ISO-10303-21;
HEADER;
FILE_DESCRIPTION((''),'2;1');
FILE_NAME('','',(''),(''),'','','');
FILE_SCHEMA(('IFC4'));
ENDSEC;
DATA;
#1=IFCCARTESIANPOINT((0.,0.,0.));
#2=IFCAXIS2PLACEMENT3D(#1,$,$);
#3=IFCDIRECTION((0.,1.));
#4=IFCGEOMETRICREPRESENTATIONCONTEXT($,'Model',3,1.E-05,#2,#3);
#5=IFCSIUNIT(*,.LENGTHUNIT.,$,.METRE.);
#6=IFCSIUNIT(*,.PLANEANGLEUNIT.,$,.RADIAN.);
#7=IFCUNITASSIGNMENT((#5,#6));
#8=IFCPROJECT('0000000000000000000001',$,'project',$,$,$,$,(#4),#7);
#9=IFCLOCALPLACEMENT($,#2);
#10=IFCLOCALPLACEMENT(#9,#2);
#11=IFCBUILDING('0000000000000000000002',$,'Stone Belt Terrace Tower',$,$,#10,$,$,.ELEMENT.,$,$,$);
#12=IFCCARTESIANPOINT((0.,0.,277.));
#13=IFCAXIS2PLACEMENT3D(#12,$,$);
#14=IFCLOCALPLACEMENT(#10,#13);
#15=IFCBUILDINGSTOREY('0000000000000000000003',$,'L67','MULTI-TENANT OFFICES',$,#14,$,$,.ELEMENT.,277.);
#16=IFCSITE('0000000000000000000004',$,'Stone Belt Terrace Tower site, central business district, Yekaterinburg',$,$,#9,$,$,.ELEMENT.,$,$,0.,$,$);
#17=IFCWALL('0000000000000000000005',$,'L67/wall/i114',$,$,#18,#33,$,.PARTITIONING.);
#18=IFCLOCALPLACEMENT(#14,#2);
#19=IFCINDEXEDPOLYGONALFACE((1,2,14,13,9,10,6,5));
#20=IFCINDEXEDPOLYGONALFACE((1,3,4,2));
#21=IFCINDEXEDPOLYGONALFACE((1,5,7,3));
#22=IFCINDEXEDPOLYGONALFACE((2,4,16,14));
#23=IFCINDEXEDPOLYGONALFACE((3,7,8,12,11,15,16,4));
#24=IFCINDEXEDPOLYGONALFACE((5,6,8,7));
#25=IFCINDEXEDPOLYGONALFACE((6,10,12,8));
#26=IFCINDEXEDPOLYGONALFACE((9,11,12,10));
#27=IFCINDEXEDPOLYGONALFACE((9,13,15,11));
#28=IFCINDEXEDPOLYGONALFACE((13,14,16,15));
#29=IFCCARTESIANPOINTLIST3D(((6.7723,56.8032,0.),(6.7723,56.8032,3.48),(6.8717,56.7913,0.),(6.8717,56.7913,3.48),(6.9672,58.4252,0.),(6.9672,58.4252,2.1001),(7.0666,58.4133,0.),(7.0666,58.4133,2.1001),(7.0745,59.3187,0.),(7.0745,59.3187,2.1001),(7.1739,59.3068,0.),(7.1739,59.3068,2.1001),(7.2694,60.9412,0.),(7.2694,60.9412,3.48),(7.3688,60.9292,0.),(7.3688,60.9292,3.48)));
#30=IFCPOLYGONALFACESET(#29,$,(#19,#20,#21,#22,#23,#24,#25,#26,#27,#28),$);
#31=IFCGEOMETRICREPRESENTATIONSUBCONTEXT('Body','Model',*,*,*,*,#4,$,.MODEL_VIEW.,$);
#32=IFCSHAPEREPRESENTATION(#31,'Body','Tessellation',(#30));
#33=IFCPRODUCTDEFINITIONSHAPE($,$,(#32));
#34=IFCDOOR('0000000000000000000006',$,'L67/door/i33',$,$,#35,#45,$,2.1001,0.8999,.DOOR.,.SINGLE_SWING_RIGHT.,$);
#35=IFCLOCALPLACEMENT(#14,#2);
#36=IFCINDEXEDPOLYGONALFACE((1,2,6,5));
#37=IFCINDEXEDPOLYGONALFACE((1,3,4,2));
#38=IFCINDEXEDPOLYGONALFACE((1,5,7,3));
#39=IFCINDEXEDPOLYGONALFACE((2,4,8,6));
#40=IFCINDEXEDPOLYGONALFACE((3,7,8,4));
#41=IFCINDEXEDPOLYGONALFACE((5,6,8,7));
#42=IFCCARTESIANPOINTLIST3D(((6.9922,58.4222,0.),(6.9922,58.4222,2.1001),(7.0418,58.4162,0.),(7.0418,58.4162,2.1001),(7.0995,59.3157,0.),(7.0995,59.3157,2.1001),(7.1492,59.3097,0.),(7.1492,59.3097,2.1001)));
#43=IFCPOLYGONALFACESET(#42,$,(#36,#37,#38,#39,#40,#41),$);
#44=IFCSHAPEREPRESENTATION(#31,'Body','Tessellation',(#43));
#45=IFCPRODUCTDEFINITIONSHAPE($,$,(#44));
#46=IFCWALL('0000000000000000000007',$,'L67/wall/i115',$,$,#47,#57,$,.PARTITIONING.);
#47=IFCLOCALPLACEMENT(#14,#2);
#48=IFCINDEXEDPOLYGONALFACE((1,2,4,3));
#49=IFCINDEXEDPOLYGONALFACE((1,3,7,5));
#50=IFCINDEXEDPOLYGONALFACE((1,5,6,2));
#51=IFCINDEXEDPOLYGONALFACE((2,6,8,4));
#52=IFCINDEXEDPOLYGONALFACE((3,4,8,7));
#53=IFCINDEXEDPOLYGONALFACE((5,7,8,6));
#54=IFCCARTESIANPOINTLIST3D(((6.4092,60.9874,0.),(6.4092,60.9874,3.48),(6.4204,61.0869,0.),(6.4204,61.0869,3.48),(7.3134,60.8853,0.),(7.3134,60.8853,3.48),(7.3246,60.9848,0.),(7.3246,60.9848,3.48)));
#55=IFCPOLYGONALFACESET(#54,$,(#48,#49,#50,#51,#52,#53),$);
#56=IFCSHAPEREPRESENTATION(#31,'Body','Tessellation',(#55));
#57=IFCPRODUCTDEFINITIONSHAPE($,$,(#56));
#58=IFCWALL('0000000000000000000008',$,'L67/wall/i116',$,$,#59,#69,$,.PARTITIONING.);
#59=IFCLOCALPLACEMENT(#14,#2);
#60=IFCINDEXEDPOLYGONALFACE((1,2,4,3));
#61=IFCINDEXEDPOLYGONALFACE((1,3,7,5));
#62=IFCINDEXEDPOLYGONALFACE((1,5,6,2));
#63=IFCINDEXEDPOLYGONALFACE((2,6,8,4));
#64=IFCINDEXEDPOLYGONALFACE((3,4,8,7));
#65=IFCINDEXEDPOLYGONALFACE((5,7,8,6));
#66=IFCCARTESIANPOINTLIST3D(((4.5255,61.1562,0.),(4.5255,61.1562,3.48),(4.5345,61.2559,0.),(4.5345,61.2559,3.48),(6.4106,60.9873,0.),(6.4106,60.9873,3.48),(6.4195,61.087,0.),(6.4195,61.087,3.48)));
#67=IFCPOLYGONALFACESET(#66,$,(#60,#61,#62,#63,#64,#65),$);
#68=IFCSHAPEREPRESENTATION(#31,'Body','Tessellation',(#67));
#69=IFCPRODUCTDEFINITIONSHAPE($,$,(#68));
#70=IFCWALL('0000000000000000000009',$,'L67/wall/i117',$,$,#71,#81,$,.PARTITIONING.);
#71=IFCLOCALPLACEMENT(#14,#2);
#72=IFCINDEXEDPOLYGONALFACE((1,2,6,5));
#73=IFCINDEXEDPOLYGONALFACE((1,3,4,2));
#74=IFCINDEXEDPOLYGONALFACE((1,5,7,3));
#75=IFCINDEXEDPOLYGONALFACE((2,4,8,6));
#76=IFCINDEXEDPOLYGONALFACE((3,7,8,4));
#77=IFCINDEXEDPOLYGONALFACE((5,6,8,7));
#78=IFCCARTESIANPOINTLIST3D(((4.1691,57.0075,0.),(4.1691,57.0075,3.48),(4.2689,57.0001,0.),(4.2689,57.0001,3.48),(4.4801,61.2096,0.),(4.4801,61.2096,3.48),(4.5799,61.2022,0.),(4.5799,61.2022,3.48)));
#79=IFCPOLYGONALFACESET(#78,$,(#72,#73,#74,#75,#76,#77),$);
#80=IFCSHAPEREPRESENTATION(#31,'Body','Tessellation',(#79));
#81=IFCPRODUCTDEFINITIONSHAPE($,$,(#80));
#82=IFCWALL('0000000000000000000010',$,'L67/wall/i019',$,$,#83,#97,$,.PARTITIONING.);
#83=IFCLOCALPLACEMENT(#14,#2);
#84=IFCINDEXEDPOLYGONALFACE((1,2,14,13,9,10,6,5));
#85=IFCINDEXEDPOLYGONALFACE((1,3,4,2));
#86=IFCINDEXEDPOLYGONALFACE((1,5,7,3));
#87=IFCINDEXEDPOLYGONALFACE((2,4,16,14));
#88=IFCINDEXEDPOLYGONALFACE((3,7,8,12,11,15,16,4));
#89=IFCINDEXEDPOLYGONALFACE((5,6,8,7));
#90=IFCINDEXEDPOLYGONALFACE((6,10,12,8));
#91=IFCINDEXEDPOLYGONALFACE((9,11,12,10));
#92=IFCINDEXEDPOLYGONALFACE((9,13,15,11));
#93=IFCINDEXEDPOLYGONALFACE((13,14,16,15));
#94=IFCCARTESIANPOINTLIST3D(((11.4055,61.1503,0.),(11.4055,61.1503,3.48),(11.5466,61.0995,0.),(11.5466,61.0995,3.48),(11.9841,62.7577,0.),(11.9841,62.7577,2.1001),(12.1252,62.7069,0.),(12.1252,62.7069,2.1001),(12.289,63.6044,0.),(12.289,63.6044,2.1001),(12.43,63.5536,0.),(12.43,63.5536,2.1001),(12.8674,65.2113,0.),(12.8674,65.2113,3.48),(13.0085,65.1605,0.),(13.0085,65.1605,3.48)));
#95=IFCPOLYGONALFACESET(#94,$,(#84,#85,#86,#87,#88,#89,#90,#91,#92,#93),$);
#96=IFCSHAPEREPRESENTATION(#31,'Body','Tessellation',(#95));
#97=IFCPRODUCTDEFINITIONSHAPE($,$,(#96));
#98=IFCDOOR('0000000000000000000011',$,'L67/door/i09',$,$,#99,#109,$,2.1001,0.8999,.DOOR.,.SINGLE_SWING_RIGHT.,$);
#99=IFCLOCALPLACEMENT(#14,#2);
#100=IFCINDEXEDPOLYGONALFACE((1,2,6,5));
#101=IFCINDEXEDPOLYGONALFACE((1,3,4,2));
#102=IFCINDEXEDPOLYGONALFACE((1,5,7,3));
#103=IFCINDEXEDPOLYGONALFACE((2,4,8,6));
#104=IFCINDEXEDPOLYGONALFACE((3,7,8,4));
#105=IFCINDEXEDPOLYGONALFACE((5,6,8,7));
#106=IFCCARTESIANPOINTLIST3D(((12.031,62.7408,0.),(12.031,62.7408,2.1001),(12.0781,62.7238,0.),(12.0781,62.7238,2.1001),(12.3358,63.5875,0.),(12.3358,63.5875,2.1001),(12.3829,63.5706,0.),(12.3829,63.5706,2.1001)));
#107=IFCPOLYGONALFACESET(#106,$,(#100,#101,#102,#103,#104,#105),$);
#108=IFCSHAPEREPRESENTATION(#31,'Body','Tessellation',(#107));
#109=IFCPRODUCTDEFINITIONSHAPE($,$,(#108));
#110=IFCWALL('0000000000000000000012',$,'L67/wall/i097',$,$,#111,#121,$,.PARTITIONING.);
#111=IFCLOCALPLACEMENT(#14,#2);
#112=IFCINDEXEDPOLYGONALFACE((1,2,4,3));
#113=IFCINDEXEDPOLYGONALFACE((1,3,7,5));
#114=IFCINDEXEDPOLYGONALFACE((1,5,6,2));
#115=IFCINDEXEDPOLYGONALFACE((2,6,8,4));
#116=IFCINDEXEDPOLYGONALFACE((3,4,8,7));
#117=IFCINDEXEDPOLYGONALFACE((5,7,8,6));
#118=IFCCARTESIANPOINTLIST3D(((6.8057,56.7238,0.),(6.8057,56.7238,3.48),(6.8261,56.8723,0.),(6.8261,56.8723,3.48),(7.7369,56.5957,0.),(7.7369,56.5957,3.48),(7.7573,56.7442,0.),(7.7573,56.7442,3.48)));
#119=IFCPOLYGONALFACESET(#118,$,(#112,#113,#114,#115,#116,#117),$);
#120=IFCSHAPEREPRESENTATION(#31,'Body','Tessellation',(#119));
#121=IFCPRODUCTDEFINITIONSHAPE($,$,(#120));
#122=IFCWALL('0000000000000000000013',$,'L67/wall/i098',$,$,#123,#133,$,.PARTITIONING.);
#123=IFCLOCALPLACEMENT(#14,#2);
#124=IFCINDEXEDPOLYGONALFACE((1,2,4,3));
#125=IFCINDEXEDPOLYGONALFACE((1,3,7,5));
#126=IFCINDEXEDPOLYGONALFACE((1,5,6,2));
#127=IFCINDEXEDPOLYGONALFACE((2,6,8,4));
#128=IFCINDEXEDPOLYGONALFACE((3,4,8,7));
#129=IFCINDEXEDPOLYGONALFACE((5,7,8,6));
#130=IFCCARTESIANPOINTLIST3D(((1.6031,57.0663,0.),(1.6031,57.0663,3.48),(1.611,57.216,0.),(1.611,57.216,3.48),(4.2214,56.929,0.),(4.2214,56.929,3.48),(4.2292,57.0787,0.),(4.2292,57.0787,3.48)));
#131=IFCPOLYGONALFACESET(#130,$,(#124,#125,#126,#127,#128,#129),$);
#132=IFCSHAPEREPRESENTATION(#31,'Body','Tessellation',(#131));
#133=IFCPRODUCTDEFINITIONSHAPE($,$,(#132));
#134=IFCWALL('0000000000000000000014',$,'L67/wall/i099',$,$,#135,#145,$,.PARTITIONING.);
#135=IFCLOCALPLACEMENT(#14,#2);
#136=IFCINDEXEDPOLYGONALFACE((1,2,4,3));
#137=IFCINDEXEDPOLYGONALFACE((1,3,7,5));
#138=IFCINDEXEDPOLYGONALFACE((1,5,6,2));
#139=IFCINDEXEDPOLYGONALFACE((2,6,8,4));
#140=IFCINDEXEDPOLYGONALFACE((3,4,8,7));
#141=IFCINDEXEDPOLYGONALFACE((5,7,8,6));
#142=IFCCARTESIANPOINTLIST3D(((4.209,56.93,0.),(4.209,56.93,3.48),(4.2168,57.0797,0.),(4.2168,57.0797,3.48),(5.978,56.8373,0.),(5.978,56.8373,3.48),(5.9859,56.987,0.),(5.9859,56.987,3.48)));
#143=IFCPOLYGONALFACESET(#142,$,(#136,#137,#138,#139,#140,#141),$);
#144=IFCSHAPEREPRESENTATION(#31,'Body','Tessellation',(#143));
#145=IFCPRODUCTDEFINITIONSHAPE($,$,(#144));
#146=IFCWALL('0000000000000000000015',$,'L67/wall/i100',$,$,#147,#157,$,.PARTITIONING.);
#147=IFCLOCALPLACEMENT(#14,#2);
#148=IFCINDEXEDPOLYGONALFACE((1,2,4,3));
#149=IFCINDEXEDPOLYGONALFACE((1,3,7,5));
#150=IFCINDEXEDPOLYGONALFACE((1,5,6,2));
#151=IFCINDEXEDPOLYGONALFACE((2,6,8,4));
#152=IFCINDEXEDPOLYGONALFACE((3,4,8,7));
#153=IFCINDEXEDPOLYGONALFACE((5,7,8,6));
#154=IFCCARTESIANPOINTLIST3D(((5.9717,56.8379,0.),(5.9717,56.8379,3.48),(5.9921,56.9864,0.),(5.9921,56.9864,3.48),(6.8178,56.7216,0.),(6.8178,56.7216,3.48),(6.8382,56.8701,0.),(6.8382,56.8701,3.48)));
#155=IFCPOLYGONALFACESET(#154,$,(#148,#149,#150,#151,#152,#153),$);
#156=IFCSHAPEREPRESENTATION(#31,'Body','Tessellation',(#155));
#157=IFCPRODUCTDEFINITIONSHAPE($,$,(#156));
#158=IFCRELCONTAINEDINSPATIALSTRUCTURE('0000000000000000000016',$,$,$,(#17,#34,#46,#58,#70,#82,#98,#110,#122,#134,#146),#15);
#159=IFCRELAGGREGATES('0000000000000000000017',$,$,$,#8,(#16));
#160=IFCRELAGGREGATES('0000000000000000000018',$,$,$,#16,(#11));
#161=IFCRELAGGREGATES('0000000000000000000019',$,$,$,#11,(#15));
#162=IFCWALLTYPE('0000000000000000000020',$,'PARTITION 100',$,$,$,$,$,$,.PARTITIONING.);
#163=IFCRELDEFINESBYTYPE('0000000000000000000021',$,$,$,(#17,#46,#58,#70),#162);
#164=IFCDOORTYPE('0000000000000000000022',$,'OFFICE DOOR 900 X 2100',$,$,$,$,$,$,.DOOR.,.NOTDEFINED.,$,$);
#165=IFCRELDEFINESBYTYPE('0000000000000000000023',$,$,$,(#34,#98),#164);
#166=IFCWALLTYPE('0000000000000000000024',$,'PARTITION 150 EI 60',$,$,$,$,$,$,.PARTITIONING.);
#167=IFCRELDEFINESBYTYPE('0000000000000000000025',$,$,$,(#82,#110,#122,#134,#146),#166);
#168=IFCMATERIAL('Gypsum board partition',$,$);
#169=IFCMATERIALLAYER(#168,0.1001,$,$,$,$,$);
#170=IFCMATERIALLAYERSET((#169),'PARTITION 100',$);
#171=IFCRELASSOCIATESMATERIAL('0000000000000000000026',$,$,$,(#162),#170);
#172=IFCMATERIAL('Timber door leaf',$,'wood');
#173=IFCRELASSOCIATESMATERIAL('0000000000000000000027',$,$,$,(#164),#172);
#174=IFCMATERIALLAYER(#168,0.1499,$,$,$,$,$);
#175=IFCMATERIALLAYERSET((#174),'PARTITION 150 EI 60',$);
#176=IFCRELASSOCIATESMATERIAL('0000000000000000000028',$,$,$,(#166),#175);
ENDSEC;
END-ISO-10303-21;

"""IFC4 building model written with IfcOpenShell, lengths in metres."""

from ifc_helpers import new_model, si_unit, direction, frame, frame_2d, origin, place, context, subcontext, project, spatial, rectangle, extrude, material, layer, layer_set, type_object, element, fill, save


model = new_model("IFC4")

# Units and contexts
model_context = context("Model", 3, precision=1e-05, world=origin(), true_north=direction((0.0, 1.0)))
body_context = subcontext(model_context, "Body", "Model", "MODEL_VIEW")
ifc_project = project(units=[si_unit("LENGTHUNIT", "METRE"), si_unit("PLANEANGLEUNIT", "RADIAN")], contexts=[model_context])

# Site, building, storey
site_placement = place(None, origin())
site = spatial("IfcSite", under=ifc_project, at=site_placement, Name="Stone Belt Terrace Tower site, central business district, Yekaterinburg", CompositionType="ELEMENT", RefElevation=0.0)
building_placement = place(site_placement, origin())
building = spatial("IfcBuilding", under=site, at=building_placement, Name="Stone Belt Terrace Tower", CompositionType="ELEMENT")
storey_placement = place(building_placement, frame((0.0, 0.0, 277.0)))
storey = spatial("IfcBuildingStorey", under=building, at=storey_placement, Name="L67", Description="MULTI-TENANT OFFICES", CompositionType="ELEMENT", Elevation=277.0)

# Shared definitions
ifc_material_1 = material(Name="Gypsum board partition")
ifc_layer_1 = layer(ifc_material_1, 0.1001)
ifc_layer_set_1 = layer_set([ifc_layer_1], Name="PARTITION 100")
wall_type_1 = type_object("IfcWallType", Name="PARTITION 100", PredefinedType="PARTITIONING", material=ifc_layer_set_1)

# Wall, opening, door
ifc_material_2 = material(Name="Timber door leaf", Category="wood")
door_type = type_object("IfcDoorType", Name="OFFICE DOOR 900 X 2100", OperationType="NOTDEFINED", PredefinedType="DOOR", material=ifc_material_2)
wall_1_placement = place(storey_placement, frame((6.822, 56.7971, 0.0), z_axis=(0.0, 0.0, 1.0), x_axis=(0.119268, 0.992862, 0.0)))
wall_1 = element("IfcWall", 1, at=wall_1_placement, inside=storey, type_object=wall_type_1, Name="L67/wall/i114", PredefinedType="PARTITIONING", context=body_context, shape_type="SweptSolid", body=[
    extrude(rectangle(XDim=4.1677, YDim=0.1001, at=frame_2d((2.084, 0.0))), origin(), (0.0, 0.0, 1.0), 3.48),
])
opening_1_placement = place(wall_1_placement, frame((1.6338, 0.0, 0.0)))
opening_1 = element("IfcOpeningElement", 2, at=opening_1_placement, cuts=wall_1, PredefinedType="OPENING", context=body_context, shape_type="SweptSolid", body=[
    extrude(rectangle(XDim=0.8999, YDim=2.1001, at=frame_2d((0.45, 1.05))), frame((0.0, 0.0601, 0.0), z_axis=(0.0, -1.0, 0.0), x_axis=(1.0, 0.0, 0.0)), (0.0, 0.0, 1.0), 0.1201),
])
door_1_placement = place(opening_1_placement, origin())
door_1 = element("IfcDoor", 3, at=door_1_placement, inside=storey, type_object=door_type, Name="L67/door/i33", OperationType="SINGLE_SWING_RIGHT", OverallHeight=2.1001, OverallWidth=0.8999, PredefinedType="DOOR", context=body_context, shape_type="SweptSolid", body=[
    extrude(rectangle(XDim=0.8999, YDim=2.1001, at=frame_2d((0.45, 1.05))), frame((0.0, 0.0249, 0.0), z_axis=(0.0, -1.0, 0.0), x_axis=(1.0, 0.0, 0.0)), (0.0, 0.0, 1.0), 0.05),
])
fill(opening_1, door_1)

# Walls
wall_2_placement = place(storey_placement, frame((7.3191, 60.9351, 0.0), z_axis=(0.0, 0.0, 1.0), x_axis=(-0.993689, 0.112169, 0.0)))
element("IfcWall", 4, at=wall_2_placement, inside=storey, type_object=wall_type_1, Name="L67/wall/i115", PredefinedType="PARTITIONING", context=body_context, shape_type="SweptSolid", body=[
    extrude(rectangle(XDim=0.9099, YDim=0.1001, at=frame_2d((0.4551, 0.0))), origin(), (0.0, 0.0, 1.0), 3.48),
])
wall_3_placement = place(storey_placement, frame((6.415, 61.0371, 0.0), z_axis=(0.0, 0.0, 1.0), x_axis=(-0.996008, 0.089268, 0.0)))
element("IfcWall", 5, at=wall_3_placement, inside=storey, type_object=wall_type_1, Name="L67/wall/i116", PredefinedType="PARTITIONING", context=body_context, shape_type="SweptSolid", body=[
    extrude(rectangle(XDim=1.8926, YDim=0.1001, at=frame_2d((0.9463, 0.0))), origin(), (0.0, 0.0, 1.0), 3.48),
])
wall_4_placement = place(storey_placement, frame((4.53, 61.2061, 0.0), z_axis=(0.0, 0.0, 1.0), x_axis=(-0.073816, -0.997272, 0.0)))
element("IfcWall", 6, at=wall_4_placement, inside=storey, type_object=wall_type_1, Name="L67/wall/i117", PredefinedType="PARTITIONING", context=body_context, shape_type="SweptSolid", body=[
    extrude(rectangle(XDim=4.2136, YDim=0.1001, at=frame_2d((2.1069, 0.0))), origin(), (0.0, 0.0, 1.0), 3.48),
])

# Wall, opening, door
ifc_layer_2 = layer(ifc_material_1, 0.1499)
ifc_layer_set_2 = layer_set([ifc_layer_2], Name="PARTITION 150 EI 60")
wall_type_2 = type_object("IfcWallType", Name="PARTITION 150 EI 60", PredefinedType="PARTITIONING", material=ifc_layer_set_2)
wall_5_placement = place(storey_placement, frame((12.938, 65.186, 0.0), z_axis=(0.0, 0.0, 1.0), x_axis=(-0.338707, -0.940892, 0.0)))
wall_5 = element("IfcWall", 7, at=wall_5_placement, inside=storey, type_object=wall_type_2, Name="L67/wall/i019", PredefinedType="PARTITIONING", context=body_context, shape_type="SweptSolid", body=[
    extrude(rectangle(XDim=4.3162, YDim=0.1499, at=frame_2d((2.1582, 0.0))), origin(), (0.0, 0.0, 1.0), 3.48),
])
opening_2_placement = place(wall_5_placement, frame((1.708, 0.0, 0.0)))
opening_2 = element("IfcOpeningElement", 8, at=opening_2_placement, cuts=wall_5, PredefinedType="OPENING", context=body_context, shape_type="SweptSolid", body=[
    extrude(rectangle(XDim=0.8999, YDim=2.1001, at=frame_2d((0.45, 1.05))), frame((0.0, 0.085, 0.0), z_axis=(0.0, -1.0, 0.0), x_axis=(1.0, 0.0, 0.0)), (0.0, 0.0, 1.0), 0.1699),
])
door_2_placement = place(opening_2_placement, origin())
door_2 = element("IfcDoor", 9, at=door_2_placement, inside=storey, type_object=door_type, Name="L67/door/i09", OperationType="SINGLE_SWING_RIGHT", OverallHeight=2.1001, OverallWidth=0.8999, PredefinedType="DOOR", context=body_context, shape_type="SweptSolid", body=[
    extrude(rectangle(XDim=0.8999, YDim=2.1001, at=frame_2d((0.45, 1.05))), frame((0.0, 0.0249, 0.0), z_axis=(0.0, -1.0, 0.0), x_axis=(1.0, 0.0, 0.0)), (0.0, 0.0, 1.0), 0.05),
])
fill(opening_2, door_2)

# Walls
wall_6_placement = place(storey_placement, frame((6.8159, 56.7981, 0.0), z_axis=(0.0, 0.0, 1.0), x_axis=(0.990659, -0.136365, 0.0)))
element("IfcWall", 10, at=wall_6_placement, inside=storey, type_object=wall_type_2, Name="L67/wall/i097", PredefinedType="PARTITIONING", context=body_context, shape_type="SweptSolid", body=[
    extrude(rectangle(XDim=0.9399, YDim=0.1499, at=frame_2d((0.47, 0.0))), origin(), (0.0, 0.0, 1.0), 3.48),
])
wall_7_placement = place(storey_placement, frame((1.6069, 57.1411, 0.0), z_axis=(0.0, 0.0, 1.0), x_axis=(0.99863, -0.052334, 0.0)))
element("IfcWall", 11, at=wall_7_placement, inside=storey, type_object=wall_type_2, Name="L67/wall/i098", PredefinedType="PARTITIONING", context=body_context, shape_type="SweptSolid", body=[
    extrude(rectangle(XDim=2.6218, YDim=0.1499, at=frame_2d((1.311, 0.0))), origin(), (0.0, 0.0, 1.0), 3.48),
])
wall_8_placement = place(storey_placement, frame((4.2129, 57.0049, 0.0), z_axis=(0.0, 0.0, 1.0), x_axis=(0.998628, -0.052371, 0.0)))
element("IfcWall", 12, at=wall_8_placement, inside=storey, type_object=wall_type_2, Name="L67/wall/i099", PredefinedType="PARTITIONING", context=body_context, shape_type="SweptSolid", body=[
    extrude(rectangle(XDim=1.7715, YDim=0.1499, at=frame_2d((0.8857, 0.0))), origin(), (0.0, 0.0, 1.0), 3.48),
])
wall_9_placement = place(storey_placement, frame((5.9819, 56.9121, 0.0), z_axis=(0.0, 0.0, 1.0), x_axis=(0.990696, -0.136096, 0.0)))
element("IfcWall", 13, at=wall_9_placement, inside=storey, type_object=wall_type_2, Name="L67/wall/i100", PredefinedType="PARTITIONING", context=body_context, shape_type="SweptSolid", body=[
    extrude(rectangle(XDim=0.854, YDim=0.1499, at=frame_2d((0.427, 0.0))), origin(), (0.0, 0.0, 1.0), 3.48),
])

save(model, "model.ifc")
